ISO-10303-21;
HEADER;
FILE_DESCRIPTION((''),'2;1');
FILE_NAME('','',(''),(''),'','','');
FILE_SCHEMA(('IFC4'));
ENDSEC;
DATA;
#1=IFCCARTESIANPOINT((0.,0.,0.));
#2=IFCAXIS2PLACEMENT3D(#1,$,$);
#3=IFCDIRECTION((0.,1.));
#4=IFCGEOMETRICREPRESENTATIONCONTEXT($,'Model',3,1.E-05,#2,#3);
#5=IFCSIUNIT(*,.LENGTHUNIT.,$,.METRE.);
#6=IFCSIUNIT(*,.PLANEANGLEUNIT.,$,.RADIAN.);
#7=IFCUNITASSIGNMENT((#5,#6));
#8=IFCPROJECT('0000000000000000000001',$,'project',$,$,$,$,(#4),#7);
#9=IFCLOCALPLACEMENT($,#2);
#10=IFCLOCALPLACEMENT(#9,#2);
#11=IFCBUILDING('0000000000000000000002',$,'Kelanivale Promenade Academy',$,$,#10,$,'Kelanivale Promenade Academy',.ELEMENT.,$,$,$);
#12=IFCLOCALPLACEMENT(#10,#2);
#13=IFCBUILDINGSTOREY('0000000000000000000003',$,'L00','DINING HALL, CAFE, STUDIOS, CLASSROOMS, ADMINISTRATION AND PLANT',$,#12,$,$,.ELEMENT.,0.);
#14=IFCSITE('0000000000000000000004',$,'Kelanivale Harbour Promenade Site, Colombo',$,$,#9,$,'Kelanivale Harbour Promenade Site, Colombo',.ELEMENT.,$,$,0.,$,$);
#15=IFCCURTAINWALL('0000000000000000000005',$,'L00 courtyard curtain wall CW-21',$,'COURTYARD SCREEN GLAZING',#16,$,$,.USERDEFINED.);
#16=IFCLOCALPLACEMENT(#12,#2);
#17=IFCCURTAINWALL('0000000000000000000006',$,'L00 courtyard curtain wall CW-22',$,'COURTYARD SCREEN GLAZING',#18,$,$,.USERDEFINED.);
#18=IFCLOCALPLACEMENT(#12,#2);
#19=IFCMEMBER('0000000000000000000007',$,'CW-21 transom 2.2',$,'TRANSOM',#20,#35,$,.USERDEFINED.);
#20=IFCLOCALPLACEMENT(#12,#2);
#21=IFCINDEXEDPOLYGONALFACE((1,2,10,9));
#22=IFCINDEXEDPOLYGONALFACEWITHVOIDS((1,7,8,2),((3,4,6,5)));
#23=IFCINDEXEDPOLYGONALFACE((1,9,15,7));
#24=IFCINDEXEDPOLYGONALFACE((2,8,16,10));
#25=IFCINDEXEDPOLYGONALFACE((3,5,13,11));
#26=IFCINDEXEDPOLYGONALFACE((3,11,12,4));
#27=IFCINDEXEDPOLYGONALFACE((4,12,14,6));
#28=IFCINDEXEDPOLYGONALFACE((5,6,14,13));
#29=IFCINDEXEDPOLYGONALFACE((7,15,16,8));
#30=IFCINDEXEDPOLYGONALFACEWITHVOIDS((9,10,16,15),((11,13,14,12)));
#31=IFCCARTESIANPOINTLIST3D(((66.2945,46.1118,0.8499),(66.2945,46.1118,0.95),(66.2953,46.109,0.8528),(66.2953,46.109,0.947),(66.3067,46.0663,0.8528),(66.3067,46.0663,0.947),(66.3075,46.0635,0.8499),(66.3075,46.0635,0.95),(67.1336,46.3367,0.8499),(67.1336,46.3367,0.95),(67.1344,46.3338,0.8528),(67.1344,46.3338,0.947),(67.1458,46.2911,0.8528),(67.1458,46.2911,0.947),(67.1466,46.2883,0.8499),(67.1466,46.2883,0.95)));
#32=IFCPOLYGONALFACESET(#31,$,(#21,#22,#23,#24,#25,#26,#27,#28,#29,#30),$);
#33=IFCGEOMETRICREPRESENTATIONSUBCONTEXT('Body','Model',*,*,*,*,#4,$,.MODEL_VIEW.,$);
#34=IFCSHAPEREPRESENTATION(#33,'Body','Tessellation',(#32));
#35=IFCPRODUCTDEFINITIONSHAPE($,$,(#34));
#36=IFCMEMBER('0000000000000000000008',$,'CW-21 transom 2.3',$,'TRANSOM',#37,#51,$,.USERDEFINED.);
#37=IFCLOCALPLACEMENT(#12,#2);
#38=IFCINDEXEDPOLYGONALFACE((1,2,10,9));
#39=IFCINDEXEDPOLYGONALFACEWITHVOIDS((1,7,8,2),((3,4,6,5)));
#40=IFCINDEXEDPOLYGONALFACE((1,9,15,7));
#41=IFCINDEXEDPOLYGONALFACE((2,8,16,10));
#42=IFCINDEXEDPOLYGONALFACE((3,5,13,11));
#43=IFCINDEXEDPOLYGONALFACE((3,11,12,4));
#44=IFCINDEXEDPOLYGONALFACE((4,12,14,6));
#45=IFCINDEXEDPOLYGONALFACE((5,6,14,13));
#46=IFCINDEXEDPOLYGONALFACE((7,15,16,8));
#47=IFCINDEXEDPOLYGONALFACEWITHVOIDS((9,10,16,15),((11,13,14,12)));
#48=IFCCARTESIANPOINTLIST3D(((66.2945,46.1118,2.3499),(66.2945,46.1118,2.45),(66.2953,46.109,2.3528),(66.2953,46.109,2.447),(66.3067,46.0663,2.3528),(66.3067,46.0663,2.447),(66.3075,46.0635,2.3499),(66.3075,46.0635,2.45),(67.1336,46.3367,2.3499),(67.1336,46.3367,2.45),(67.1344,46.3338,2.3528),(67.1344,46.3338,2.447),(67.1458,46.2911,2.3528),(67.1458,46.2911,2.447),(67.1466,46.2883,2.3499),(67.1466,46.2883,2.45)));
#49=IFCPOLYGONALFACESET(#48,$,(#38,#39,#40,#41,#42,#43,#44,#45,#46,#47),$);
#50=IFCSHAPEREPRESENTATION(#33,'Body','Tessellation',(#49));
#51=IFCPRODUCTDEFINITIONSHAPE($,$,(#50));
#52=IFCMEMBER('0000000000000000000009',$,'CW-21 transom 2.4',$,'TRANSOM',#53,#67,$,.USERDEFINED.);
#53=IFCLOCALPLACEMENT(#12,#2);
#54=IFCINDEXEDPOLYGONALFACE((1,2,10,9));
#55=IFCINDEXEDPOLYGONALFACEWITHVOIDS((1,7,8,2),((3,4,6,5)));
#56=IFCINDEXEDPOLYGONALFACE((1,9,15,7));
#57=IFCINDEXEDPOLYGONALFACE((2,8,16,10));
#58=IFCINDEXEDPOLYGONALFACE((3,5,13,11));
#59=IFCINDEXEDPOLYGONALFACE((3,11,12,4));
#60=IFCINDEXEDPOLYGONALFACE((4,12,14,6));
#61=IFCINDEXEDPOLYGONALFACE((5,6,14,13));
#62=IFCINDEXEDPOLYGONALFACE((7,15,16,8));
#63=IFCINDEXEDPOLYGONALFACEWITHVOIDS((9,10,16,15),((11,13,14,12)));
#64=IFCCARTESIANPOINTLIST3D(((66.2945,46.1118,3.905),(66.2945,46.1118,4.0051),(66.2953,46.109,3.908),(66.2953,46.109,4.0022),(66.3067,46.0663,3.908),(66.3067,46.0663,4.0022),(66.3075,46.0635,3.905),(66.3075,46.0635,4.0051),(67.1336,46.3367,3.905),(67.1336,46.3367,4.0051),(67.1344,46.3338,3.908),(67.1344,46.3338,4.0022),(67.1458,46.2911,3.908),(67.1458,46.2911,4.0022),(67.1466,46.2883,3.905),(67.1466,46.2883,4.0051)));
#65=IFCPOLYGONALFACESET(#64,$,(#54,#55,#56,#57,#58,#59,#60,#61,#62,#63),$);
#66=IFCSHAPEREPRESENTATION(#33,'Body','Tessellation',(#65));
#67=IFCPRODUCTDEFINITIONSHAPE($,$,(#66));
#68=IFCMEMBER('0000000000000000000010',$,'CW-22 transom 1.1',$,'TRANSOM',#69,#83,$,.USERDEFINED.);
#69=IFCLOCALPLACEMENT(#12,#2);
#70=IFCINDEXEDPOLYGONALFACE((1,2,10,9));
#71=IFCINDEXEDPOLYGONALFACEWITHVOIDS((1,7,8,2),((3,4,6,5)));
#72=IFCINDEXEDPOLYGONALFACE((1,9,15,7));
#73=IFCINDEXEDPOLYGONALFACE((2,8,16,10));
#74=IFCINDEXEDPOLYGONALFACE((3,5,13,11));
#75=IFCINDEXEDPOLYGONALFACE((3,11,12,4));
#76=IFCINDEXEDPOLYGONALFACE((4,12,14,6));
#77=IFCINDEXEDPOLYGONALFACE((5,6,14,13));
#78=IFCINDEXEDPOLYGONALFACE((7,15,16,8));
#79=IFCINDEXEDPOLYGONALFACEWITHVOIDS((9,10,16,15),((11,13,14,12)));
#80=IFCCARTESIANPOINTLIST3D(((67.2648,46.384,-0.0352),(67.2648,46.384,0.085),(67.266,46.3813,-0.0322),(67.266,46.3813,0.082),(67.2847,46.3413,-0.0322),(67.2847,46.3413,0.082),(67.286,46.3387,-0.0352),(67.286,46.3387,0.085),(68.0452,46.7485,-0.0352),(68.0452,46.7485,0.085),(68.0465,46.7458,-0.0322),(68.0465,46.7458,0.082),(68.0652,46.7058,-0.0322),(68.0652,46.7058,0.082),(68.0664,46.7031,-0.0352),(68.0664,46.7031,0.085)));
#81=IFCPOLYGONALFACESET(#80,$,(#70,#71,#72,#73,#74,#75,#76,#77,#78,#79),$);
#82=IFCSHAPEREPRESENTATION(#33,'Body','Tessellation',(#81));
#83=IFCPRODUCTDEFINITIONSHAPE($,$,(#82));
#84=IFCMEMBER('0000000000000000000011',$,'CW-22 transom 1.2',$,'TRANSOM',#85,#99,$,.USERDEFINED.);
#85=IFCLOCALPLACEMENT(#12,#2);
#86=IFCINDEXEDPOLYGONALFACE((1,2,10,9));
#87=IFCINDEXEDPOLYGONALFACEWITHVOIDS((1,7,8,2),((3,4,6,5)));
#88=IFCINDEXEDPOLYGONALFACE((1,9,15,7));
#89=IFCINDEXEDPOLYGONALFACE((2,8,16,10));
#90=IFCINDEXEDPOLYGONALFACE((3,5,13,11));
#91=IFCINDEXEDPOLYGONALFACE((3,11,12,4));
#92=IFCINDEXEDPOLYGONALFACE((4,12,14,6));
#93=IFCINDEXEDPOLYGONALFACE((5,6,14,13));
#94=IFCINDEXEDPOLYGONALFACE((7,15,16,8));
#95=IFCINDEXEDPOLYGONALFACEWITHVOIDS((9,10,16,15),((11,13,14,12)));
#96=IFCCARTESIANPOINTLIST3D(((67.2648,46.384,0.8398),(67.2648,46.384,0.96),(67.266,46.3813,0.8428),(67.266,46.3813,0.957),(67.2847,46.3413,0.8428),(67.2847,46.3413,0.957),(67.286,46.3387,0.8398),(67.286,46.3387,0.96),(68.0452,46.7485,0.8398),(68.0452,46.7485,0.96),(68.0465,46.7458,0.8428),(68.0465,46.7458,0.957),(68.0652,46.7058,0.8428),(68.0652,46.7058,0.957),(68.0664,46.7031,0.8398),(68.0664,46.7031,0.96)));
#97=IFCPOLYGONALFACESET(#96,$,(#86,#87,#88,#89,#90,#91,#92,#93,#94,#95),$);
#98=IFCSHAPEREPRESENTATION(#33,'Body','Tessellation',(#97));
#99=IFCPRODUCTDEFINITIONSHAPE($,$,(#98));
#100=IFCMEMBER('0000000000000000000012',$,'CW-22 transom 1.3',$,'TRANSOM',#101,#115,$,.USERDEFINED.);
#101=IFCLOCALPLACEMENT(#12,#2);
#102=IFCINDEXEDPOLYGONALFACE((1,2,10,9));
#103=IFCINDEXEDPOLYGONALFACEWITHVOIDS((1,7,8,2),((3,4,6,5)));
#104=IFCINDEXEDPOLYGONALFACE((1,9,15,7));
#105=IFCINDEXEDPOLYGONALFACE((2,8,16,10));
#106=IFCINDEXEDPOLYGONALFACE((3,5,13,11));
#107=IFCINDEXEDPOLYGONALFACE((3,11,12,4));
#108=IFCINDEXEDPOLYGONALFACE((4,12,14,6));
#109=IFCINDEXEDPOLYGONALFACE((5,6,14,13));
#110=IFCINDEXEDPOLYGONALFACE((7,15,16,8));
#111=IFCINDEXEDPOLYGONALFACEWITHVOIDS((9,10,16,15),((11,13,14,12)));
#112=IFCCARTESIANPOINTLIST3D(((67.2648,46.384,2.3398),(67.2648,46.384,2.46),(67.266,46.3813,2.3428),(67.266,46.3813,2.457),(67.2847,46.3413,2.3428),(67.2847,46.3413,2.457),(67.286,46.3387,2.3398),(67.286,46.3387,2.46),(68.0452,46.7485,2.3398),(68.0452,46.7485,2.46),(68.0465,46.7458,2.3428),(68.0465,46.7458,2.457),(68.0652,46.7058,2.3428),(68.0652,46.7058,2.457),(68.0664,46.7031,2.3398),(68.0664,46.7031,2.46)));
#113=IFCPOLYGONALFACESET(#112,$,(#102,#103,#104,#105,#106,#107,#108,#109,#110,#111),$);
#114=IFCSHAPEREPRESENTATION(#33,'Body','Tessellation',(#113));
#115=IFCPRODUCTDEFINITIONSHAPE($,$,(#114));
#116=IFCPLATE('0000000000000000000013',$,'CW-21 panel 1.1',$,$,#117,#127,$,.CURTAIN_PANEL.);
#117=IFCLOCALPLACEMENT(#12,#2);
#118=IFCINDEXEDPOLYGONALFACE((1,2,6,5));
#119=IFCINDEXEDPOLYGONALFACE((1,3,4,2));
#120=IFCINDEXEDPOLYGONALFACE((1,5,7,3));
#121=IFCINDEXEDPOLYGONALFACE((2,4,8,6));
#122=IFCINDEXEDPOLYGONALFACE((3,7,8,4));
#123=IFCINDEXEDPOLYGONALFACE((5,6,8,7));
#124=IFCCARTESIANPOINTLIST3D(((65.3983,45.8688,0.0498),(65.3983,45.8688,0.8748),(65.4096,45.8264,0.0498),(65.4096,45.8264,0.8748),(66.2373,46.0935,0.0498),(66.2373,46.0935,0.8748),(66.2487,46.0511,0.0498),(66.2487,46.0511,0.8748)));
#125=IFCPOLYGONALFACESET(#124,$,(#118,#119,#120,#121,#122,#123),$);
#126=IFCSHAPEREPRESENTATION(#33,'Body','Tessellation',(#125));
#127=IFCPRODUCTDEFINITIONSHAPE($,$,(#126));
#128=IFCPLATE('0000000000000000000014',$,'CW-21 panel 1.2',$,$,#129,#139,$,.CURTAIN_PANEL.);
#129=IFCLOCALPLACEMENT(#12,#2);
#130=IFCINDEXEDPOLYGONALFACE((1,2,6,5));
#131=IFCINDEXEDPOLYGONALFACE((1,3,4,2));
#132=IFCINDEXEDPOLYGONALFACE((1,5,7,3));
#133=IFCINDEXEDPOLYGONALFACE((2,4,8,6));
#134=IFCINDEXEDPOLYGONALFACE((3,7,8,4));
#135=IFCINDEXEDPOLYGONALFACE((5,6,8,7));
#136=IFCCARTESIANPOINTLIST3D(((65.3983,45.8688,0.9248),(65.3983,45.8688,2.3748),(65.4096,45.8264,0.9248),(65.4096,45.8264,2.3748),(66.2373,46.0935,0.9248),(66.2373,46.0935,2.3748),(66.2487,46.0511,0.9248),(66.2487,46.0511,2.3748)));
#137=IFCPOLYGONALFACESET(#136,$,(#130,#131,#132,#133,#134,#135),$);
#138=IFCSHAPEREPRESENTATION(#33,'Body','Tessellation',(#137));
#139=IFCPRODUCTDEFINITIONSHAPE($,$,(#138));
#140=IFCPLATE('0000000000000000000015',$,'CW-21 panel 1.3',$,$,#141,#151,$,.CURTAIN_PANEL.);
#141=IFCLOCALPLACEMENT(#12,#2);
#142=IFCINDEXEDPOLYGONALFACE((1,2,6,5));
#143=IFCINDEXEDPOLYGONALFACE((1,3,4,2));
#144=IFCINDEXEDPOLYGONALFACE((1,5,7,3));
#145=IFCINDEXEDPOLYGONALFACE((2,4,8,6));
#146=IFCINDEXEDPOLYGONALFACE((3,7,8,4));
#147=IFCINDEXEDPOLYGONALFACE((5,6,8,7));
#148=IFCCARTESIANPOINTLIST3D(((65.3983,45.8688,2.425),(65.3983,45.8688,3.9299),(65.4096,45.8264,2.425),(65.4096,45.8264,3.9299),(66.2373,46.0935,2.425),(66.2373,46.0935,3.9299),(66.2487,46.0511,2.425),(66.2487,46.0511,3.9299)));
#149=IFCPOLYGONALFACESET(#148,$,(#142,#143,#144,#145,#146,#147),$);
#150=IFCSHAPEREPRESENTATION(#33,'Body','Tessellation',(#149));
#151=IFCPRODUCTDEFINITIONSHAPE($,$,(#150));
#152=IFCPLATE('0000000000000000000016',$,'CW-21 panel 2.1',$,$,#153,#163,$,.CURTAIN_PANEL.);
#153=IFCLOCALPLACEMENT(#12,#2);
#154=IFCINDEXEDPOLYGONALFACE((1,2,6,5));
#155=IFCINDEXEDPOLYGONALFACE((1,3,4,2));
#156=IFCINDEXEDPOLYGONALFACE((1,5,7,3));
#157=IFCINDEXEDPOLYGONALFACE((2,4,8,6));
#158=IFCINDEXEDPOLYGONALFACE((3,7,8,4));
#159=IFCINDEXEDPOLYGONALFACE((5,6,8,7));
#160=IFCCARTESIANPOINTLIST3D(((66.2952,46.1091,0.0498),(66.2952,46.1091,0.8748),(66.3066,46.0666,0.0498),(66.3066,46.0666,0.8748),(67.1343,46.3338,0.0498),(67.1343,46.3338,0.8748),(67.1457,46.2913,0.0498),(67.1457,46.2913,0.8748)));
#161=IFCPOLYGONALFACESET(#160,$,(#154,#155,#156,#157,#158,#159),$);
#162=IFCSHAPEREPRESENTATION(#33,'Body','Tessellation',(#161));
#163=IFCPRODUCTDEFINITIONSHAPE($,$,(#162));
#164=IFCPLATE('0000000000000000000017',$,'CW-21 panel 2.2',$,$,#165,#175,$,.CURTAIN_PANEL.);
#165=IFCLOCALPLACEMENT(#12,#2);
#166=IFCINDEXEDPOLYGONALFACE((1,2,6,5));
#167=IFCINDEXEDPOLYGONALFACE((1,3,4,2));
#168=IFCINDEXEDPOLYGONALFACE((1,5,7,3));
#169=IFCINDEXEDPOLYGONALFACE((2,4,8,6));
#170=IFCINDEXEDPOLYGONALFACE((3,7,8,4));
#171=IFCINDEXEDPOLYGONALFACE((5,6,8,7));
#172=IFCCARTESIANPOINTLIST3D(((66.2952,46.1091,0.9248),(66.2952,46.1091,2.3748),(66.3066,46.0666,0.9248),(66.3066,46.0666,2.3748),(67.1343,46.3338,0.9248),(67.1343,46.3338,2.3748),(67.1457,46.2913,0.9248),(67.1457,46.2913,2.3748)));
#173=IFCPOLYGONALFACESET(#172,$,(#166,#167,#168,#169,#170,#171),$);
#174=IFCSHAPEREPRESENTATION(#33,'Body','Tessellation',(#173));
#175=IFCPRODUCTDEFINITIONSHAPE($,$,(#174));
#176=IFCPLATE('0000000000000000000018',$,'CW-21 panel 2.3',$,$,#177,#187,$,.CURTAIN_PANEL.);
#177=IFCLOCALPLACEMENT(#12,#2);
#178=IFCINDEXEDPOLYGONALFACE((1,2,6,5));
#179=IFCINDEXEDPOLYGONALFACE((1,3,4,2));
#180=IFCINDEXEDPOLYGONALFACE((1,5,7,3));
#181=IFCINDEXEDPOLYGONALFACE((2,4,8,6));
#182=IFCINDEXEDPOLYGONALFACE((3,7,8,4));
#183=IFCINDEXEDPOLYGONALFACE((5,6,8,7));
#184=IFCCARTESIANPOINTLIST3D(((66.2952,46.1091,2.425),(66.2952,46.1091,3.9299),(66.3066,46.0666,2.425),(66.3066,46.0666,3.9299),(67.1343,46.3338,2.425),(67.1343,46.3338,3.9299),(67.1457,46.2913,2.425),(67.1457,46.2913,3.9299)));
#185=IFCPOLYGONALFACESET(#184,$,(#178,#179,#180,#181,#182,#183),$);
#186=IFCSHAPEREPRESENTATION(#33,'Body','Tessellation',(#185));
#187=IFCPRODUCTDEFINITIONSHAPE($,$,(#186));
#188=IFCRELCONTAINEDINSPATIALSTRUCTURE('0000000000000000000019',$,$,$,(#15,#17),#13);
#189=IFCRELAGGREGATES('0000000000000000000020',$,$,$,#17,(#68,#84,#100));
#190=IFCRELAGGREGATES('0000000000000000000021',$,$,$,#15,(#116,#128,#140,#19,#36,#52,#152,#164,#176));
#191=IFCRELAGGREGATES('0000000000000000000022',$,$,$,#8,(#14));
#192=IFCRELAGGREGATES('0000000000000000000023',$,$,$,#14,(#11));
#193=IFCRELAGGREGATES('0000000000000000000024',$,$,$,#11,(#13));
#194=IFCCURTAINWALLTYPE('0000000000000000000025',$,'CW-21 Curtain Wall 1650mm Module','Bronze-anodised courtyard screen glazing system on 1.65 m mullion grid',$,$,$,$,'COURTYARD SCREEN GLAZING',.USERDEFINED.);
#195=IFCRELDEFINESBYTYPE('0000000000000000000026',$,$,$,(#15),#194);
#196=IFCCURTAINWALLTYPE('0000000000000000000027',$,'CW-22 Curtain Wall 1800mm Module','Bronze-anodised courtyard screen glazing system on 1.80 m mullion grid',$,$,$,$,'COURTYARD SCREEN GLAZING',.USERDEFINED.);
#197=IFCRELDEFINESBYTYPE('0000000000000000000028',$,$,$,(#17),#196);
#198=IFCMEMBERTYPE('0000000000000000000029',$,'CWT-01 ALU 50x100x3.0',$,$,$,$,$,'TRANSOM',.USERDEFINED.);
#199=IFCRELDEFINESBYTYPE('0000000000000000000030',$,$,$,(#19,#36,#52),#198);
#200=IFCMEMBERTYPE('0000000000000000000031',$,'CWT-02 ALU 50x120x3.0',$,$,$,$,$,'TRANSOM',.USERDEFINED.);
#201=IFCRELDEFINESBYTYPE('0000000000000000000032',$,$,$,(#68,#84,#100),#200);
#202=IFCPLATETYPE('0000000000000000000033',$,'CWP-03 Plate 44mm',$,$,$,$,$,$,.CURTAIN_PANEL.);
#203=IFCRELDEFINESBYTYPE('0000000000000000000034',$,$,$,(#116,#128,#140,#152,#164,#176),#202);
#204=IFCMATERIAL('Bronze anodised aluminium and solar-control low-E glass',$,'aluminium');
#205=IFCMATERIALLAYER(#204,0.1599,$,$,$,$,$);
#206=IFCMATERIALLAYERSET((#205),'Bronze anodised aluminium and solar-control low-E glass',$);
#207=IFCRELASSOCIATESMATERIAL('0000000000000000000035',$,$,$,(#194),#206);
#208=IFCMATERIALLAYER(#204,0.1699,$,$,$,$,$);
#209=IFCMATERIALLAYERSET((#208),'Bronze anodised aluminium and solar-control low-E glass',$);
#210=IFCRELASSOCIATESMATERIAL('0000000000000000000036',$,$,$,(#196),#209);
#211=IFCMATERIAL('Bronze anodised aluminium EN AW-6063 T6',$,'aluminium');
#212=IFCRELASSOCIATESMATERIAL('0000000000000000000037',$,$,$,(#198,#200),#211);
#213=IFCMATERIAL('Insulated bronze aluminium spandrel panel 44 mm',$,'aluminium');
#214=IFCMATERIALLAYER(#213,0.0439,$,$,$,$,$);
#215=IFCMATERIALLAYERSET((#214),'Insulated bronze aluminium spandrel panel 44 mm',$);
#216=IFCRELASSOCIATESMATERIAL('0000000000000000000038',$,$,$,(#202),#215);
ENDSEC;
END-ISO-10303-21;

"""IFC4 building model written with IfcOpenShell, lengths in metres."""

from ifc_helpers import new_model, si_unit, direction, frame, origin, origin_2d, place, context, subcontext, project, spatial, rectangle, hollow_rectangle, extrude, material, layer, layer_set, material_profile, profile_set, type_object, element, aggregate, save


model = new_model("IFC4")

# Units and contexts
model_context = context("Model", 3, precision=1e-05, world=origin(), true_north=direction((0.0, 1.0)))
body_context = subcontext(model_context, "Body", "Model", "MODEL_VIEW")
ifc_project = project(units=[si_unit("LENGTHUNIT", "METRE"), si_unit("PLANEANGLEUNIT", "RADIAN")], contexts=[model_context])

# Site, building, storey
site_placement = place(None, origin())
site = spatial("IfcSite", under=ifc_project, at=site_placement, Name="Kelanivale Harbour Promenade Site, Colombo", LongName="Kelanivale Harbour Promenade Site, Colombo", CompositionType="ELEMENT", RefElevation=0.0)
building_placement = place(site_placement, origin())
building = spatial("IfcBuilding", under=site, at=building_placement, Name="Kelanivale Promenade Academy", LongName="Kelanivale Promenade Academy", CompositionType="ELEMENT")
storey_placement = place(building_placement, origin())
storey = spatial("IfcBuildingStorey", under=building, at=storey_placement, Name="L00", Description="DINING HALL, CAFE, STUDIOS, CLASSROOMS, ADMINISTRATION AND PLANT", CompositionType="ELEMENT", Elevation=0.0)

# Curtain wall
ifc_material_1 = material(Name="Bronze anodised aluminium and solar-control low-E glass", Category="aluminium")
ifc_layer_1 = layer(ifc_material_1, 0.1599)
ifc_layer_set_1 = layer_set([ifc_layer_1], Name="Bronze anodised aluminium and solar-control low-E glass")
curtain_wall_type_1 = type_object("IfcCurtainWallType", Name="CW-21 Curtain Wall 1650mm Module", Description="Bronze-anodised courtyard screen glazing system on 1.65 m mullion grid", ElementType="COURTYARD SCREEN GLAZING", PredefinedType="USERDEFINED", material=ifc_layer_set_1)
curtain_wall_1_placement = place(storey_placement, origin())
curtain_wall_1 = element("IfcCurtainWall", 1, at=curtain_wall_1_placement, inside=storey, type_object=curtain_wall_type_1, Name="L00 courtyard curtain wall CW-21", ObjectType="COURTYARD SCREEN GLAZING", PredefinedType="USERDEFINED")
ifc_material_2 = material(Name="Bronze anodised aluminium EN AW-6063 T6", Category="aluminium")

# Curtain wall
ifc_layer_2 = layer(ifc_material_1, 0.1699)
ifc_layer_set_2 = layer_set([ifc_layer_2], Name="Bronze anodised aluminium and solar-control low-E glass")
curtain_wall_type_2 = type_object("IfcCurtainWallType", Name="CW-22 Curtain Wall 1800mm Module", Description="Bronze-anodised courtyard screen glazing system on 1.80 m mullion grid", ElementType="COURTYARD SCREEN GLAZING", PredefinedType="USERDEFINED", material=ifc_layer_set_2)
curtain_wall_2_placement = place(storey_placement, origin())
curtain_wall_2 = element("IfcCurtainWall", 2, at=curtain_wall_2_placement, inside=storey, type_object=curtain_wall_type_2, Name="L00 courtyard curtain wall CW-22", ObjectType="COURTYARD SCREEN GLAZING", PredefinedType="USERDEFINED")

# Members
ifc_material_profile_1 = material_profile(ifc_material_2, hollow_rectangle(XDim=0.05, YDim=0.1001, WallThickness=0.0029, at=origin_2d()), Name="ALU 50x100x3.0")
ifc_profile_set_1 = profile_set([ifc_material_profile_1], Name="Bronze anodised aluminium EN AW-6063 T6")
member_type_1 = type_object("IfcMemberType", Name="CWT-01 ALU 50x100x3.0", ElementType="TRANSOM", PredefinedType="USERDEFINED", material=ifc_profile_set_1)
member_1_placement = place(storey_placement, frame((66.301, 46.0876, 0.8999), z_axis=(0.965922, 0.258834, 0.0), x_axis=(-0.258834, 0.965922, 0.0)))
member_1 = element("IfcMember", 3, at=member_1_placement, type_object=member_type_1, Name="CW-21 transom 2.2", ObjectType="TRANSOM", PredefinedType="USERDEFINED", context=body_context, shape_type="SweptSolid", body=[
    extrude(hollow_rectangle(XDim=0.05, YDim=0.1001, WallThickness=0.0029, at=origin_2d()), origin(), (0.0, 0.0, 1.0), 0.8687),
])
member_2_placement = place(storey_placement, frame((66.301, 46.0876, 2.3999), z_axis=(0.965922, 0.258834, 0.0), x_axis=(-0.258834, 0.965922, 0.0)))
member_2 = element("IfcMember", 4, at=member_2_placement, type_object=member_type_1, Name="CW-21 transom 2.3", ObjectType="TRANSOM", PredefinedType="USERDEFINED", context=body_context, shape_type="SweptSolid", body=[
    extrude(hollow_rectangle(XDim=0.05, YDim=0.1001, WallThickness=0.0029, at=origin_2d()), origin(), (0.0, 0.0, 1.0), 0.8687),
])
member_3_placement = place(storey_placement, frame((66.301, 46.0876, 3.9551), z_axis=(0.965922, 0.258834, 0.0), x_axis=(-0.258834, 0.965922, 0.0)))
member_3 = element("IfcMember", 5, at=member_3_placement, type_object=member_type_1, Name="CW-21 transom 2.4", ObjectType="TRANSOM", PredefinedType="USERDEFINED", context=body_context, shape_type="SweptSolid", body=[
    extrude(hollow_rectangle(XDim=0.05, YDim=0.1001, WallThickness=0.0029, at=origin_2d()), origin(), (0.0, 0.0, 1.0), 0.8687),
])
ifc_material_profile_2 = material_profile(ifc_material_2, hollow_rectangle(XDim=0.05, YDim=0.1201, WallThickness=0.0029, at=origin_2d()), Name="ALU 50x120x3.0")
ifc_profile_set_2 = profile_set([ifc_material_profile_2], Name="Bronze anodised aluminium EN AW-6063 T6")
member_type_2 = type_object("IfcMemberType", Name="CWT-02 ALU 50x120x3.0", ElementType="TRANSOM", PredefinedType="USERDEFINED", material=ifc_profile_set_2)
member_4_placement = place(storey_placement, frame((67.2754, 46.3613, 0.0249), z_axis=(0.906067, 0.423134, 0.0), x_axis=(-0.423134, 0.906067, 0.0)))
member_4 = element("IfcMember", 6, at=member_4_placement, type_object=member_type_2, Name="CW-22 transom 1.1", ObjectType="TRANSOM", PredefinedType="USERDEFINED", context=body_context, shape_type="SweptSolid", body=[
    extrude(hollow_rectangle(XDim=0.05, YDim=0.1201, WallThickness=0.0029, at=origin_2d()), origin(), (0.0, 0.0, 1.0), 0.8613),
])
member_5_placement = place(storey_placement, frame((67.2754, 46.3613, 0.8999), z_axis=(0.906067, 0.423134, 0.0), x_axis=(-0.423134, 0.906067, 0.0)))
member_5 = element("IfcMember", 7, at=member_5_placement, type_object=member_type_2, Name="CW-22 transom 1.2", ObjectType="TRANSOM", PredefinedType="USERDEFINED", context=body_context, shape_type="SweptSolid", body=[
    extrude(hollow_rectangle(XDim=0.05, YDim=0.1201, WallThickness=0.0029, at=origin_2d()), origin(), (0.0, 0.0, 1.0), 0.8613),
])
member_6_placement = place(storey_placement, frame((67.2754, 46.3613, 2.3999), z_axis=(0.906067, 0.423134, 0.0), x_axis=(-0.423134, 0.906067, 0.0)))
member_6 = element("IfcMember", 8, at=member_6_placement, type_object=member_type_2, Name="CW-22 transom 1.3", ObjectType="TRANSOM", PredefinedType="USERDEFINED", context=body_context, shape_type="SweptSolid", body=[
    extrude(hollow_rectangle(XDim=0.05, YDim=0.1201, WallThickness=0.0029, at=origin_2d()), origin(), (0.0, 0.0, 1.0), 0.8613),
])
aggregate(curtain_wall_2, [member_4, member_5, member_6])

# Plates
ifc_material_3 = material(Name="Insulated bronze aluminium spandrel panel 44 mm", Category="aluminium")
ifc_layer_3 = layer(ifc_material_3, 0.0439)
ifc_layer_set_3 = layer_set([ifc_layer_3], Name="Insulated bronze aluminium spandrel panel 44 mm")
plate_type = type_object("IfcPlateType", Name="CWP-03 Plate 44mm", PredefinedType="CURTAIN_PANEL", material=ifc_layer_set_3)
plate_1_placement = place(storey_placement, frame((65.8235, 45.96, 0.0498), z_axis=(0.0, 0.0, 1.0), x_axis=(0.965957, 0.258701, 0.0)))
plate_1 = element("IfcPlate", 9, at=plate_1_placement, type_object=plate_type, Name="CW-21 panel 1.1", PredefinedType="CURTAIN_PANEL", context=body_context, shape_type="SweptSolid", body=[
    extrude(rectangle(XDim=0.8687, YDim=0.0439, at=origin_2d()), origin(), (0.0, 0.0, 1.0), 0.825),
])
plate_2_placement = place(storey_placement, frame((65.8235, 45.96, 0.9248), z_axis=(0.0, 0.0, 1.0), x_axis=(0.965957, 0.258701, 0.0)))
plate_2 = element("IfcPlate", 10, at=plate_2_placement, type_object=plate_type, Name="CW-21 panel 1.2", PredefinedType="CURTAIN_PANEL", context=body_context, shape_type="SweptSolid", body=[
    extrude(rectangle(XDim=0.8687, YDim=0.0439, at=origin_2d()), origin(), (0.0, 0.0, 1.0), 1.45),
])
plate_3_placement = place(storey_placement, frame((65.8235, 45.96, 2.425), z_axis=(0.0, 0.0, 1.0), x_axis=(0.965957, 0.258701, 0.0)))
plate_3 = element("IfcPlate", 11, at=plate_3_placement, type_object=plate_type, Name="CW-21 panel 1.3", PredefinedType="CURTAIN_PANEL", context=body_context, shape_type="SweptSolid", body=[
    extrude(rectangle(XDim=0.8687, YDim=0.0439, at=origin_2d()), origin(), (0.0, 0.0, 1.0), 1.5049),
])
plate_4_placement = place(storey_placement, frame((66.7205, 46.2002, 0.0498), z_axis=(0.0, 0.0, 1.0), x_axis=(0.965957, 0.258701, 0.0)))
plate_4 = element("IfcPlate", 12, at=plate_4_placement, type_object=plate_type, Name="CW-21 panel 2.1", PredefinedType="CURTAIN_PANEL", context=body_context, shape_type="SweptSolid", body=[
    extrude(rectangle(XDim=0.8687, YDim=0.0439, at=origin_2d()), origin(), (0.0, 0.0, 1.0), 0.825),
])
plate_5_placement = place(storey_placement, frame((66.7205, 46.2002, 0.9248), z_axis=(0.0, 0.0, 1.0), x_axis=(0.965957, 0.258701, 0.0)))
plate_5 = element("IfcPlate", 13, at=plate_5_placement, type_object=plate_type, Name="CW-21 panel 2.2", PredefinedType="CURTAIN_PANEL", context=body_context, shape_type="SweptSolid", body=[
    extrude(rectangle(XDim=0.8687, YDim=0.0439, at=origin_2d()), origin(), (0.0, 0.0, 1.0), 1.45),
])
plate_6_placement = place(storey_placement, frame((66.7205, 46.2002, 2.425), z_axis=(0.0, 0.0, 1.0), x_axis=(0.965957, 0.258701, 0.0)))
plate_6 = element("IfcPlate", 14, at=plate_6_placement, type_object=plate_type, Name="CW-21 panel 2.3", PredefinedType="CURTAIN_PANEL", context=body_context, shape_type="SweptSolid", body=[
    extrude(rectangle(XDim=0.8687, YDim=0.0439, at=origin_2d()), origin(), (0.0, 0.0, 1.0), 1.5049),
])
aggregate(curtain_wall_1, [plate_1, plate_2, plate_3, member_1, member_2, member_3, plate_4, plate_5, plate_6])

save(model, "model.ifc")
